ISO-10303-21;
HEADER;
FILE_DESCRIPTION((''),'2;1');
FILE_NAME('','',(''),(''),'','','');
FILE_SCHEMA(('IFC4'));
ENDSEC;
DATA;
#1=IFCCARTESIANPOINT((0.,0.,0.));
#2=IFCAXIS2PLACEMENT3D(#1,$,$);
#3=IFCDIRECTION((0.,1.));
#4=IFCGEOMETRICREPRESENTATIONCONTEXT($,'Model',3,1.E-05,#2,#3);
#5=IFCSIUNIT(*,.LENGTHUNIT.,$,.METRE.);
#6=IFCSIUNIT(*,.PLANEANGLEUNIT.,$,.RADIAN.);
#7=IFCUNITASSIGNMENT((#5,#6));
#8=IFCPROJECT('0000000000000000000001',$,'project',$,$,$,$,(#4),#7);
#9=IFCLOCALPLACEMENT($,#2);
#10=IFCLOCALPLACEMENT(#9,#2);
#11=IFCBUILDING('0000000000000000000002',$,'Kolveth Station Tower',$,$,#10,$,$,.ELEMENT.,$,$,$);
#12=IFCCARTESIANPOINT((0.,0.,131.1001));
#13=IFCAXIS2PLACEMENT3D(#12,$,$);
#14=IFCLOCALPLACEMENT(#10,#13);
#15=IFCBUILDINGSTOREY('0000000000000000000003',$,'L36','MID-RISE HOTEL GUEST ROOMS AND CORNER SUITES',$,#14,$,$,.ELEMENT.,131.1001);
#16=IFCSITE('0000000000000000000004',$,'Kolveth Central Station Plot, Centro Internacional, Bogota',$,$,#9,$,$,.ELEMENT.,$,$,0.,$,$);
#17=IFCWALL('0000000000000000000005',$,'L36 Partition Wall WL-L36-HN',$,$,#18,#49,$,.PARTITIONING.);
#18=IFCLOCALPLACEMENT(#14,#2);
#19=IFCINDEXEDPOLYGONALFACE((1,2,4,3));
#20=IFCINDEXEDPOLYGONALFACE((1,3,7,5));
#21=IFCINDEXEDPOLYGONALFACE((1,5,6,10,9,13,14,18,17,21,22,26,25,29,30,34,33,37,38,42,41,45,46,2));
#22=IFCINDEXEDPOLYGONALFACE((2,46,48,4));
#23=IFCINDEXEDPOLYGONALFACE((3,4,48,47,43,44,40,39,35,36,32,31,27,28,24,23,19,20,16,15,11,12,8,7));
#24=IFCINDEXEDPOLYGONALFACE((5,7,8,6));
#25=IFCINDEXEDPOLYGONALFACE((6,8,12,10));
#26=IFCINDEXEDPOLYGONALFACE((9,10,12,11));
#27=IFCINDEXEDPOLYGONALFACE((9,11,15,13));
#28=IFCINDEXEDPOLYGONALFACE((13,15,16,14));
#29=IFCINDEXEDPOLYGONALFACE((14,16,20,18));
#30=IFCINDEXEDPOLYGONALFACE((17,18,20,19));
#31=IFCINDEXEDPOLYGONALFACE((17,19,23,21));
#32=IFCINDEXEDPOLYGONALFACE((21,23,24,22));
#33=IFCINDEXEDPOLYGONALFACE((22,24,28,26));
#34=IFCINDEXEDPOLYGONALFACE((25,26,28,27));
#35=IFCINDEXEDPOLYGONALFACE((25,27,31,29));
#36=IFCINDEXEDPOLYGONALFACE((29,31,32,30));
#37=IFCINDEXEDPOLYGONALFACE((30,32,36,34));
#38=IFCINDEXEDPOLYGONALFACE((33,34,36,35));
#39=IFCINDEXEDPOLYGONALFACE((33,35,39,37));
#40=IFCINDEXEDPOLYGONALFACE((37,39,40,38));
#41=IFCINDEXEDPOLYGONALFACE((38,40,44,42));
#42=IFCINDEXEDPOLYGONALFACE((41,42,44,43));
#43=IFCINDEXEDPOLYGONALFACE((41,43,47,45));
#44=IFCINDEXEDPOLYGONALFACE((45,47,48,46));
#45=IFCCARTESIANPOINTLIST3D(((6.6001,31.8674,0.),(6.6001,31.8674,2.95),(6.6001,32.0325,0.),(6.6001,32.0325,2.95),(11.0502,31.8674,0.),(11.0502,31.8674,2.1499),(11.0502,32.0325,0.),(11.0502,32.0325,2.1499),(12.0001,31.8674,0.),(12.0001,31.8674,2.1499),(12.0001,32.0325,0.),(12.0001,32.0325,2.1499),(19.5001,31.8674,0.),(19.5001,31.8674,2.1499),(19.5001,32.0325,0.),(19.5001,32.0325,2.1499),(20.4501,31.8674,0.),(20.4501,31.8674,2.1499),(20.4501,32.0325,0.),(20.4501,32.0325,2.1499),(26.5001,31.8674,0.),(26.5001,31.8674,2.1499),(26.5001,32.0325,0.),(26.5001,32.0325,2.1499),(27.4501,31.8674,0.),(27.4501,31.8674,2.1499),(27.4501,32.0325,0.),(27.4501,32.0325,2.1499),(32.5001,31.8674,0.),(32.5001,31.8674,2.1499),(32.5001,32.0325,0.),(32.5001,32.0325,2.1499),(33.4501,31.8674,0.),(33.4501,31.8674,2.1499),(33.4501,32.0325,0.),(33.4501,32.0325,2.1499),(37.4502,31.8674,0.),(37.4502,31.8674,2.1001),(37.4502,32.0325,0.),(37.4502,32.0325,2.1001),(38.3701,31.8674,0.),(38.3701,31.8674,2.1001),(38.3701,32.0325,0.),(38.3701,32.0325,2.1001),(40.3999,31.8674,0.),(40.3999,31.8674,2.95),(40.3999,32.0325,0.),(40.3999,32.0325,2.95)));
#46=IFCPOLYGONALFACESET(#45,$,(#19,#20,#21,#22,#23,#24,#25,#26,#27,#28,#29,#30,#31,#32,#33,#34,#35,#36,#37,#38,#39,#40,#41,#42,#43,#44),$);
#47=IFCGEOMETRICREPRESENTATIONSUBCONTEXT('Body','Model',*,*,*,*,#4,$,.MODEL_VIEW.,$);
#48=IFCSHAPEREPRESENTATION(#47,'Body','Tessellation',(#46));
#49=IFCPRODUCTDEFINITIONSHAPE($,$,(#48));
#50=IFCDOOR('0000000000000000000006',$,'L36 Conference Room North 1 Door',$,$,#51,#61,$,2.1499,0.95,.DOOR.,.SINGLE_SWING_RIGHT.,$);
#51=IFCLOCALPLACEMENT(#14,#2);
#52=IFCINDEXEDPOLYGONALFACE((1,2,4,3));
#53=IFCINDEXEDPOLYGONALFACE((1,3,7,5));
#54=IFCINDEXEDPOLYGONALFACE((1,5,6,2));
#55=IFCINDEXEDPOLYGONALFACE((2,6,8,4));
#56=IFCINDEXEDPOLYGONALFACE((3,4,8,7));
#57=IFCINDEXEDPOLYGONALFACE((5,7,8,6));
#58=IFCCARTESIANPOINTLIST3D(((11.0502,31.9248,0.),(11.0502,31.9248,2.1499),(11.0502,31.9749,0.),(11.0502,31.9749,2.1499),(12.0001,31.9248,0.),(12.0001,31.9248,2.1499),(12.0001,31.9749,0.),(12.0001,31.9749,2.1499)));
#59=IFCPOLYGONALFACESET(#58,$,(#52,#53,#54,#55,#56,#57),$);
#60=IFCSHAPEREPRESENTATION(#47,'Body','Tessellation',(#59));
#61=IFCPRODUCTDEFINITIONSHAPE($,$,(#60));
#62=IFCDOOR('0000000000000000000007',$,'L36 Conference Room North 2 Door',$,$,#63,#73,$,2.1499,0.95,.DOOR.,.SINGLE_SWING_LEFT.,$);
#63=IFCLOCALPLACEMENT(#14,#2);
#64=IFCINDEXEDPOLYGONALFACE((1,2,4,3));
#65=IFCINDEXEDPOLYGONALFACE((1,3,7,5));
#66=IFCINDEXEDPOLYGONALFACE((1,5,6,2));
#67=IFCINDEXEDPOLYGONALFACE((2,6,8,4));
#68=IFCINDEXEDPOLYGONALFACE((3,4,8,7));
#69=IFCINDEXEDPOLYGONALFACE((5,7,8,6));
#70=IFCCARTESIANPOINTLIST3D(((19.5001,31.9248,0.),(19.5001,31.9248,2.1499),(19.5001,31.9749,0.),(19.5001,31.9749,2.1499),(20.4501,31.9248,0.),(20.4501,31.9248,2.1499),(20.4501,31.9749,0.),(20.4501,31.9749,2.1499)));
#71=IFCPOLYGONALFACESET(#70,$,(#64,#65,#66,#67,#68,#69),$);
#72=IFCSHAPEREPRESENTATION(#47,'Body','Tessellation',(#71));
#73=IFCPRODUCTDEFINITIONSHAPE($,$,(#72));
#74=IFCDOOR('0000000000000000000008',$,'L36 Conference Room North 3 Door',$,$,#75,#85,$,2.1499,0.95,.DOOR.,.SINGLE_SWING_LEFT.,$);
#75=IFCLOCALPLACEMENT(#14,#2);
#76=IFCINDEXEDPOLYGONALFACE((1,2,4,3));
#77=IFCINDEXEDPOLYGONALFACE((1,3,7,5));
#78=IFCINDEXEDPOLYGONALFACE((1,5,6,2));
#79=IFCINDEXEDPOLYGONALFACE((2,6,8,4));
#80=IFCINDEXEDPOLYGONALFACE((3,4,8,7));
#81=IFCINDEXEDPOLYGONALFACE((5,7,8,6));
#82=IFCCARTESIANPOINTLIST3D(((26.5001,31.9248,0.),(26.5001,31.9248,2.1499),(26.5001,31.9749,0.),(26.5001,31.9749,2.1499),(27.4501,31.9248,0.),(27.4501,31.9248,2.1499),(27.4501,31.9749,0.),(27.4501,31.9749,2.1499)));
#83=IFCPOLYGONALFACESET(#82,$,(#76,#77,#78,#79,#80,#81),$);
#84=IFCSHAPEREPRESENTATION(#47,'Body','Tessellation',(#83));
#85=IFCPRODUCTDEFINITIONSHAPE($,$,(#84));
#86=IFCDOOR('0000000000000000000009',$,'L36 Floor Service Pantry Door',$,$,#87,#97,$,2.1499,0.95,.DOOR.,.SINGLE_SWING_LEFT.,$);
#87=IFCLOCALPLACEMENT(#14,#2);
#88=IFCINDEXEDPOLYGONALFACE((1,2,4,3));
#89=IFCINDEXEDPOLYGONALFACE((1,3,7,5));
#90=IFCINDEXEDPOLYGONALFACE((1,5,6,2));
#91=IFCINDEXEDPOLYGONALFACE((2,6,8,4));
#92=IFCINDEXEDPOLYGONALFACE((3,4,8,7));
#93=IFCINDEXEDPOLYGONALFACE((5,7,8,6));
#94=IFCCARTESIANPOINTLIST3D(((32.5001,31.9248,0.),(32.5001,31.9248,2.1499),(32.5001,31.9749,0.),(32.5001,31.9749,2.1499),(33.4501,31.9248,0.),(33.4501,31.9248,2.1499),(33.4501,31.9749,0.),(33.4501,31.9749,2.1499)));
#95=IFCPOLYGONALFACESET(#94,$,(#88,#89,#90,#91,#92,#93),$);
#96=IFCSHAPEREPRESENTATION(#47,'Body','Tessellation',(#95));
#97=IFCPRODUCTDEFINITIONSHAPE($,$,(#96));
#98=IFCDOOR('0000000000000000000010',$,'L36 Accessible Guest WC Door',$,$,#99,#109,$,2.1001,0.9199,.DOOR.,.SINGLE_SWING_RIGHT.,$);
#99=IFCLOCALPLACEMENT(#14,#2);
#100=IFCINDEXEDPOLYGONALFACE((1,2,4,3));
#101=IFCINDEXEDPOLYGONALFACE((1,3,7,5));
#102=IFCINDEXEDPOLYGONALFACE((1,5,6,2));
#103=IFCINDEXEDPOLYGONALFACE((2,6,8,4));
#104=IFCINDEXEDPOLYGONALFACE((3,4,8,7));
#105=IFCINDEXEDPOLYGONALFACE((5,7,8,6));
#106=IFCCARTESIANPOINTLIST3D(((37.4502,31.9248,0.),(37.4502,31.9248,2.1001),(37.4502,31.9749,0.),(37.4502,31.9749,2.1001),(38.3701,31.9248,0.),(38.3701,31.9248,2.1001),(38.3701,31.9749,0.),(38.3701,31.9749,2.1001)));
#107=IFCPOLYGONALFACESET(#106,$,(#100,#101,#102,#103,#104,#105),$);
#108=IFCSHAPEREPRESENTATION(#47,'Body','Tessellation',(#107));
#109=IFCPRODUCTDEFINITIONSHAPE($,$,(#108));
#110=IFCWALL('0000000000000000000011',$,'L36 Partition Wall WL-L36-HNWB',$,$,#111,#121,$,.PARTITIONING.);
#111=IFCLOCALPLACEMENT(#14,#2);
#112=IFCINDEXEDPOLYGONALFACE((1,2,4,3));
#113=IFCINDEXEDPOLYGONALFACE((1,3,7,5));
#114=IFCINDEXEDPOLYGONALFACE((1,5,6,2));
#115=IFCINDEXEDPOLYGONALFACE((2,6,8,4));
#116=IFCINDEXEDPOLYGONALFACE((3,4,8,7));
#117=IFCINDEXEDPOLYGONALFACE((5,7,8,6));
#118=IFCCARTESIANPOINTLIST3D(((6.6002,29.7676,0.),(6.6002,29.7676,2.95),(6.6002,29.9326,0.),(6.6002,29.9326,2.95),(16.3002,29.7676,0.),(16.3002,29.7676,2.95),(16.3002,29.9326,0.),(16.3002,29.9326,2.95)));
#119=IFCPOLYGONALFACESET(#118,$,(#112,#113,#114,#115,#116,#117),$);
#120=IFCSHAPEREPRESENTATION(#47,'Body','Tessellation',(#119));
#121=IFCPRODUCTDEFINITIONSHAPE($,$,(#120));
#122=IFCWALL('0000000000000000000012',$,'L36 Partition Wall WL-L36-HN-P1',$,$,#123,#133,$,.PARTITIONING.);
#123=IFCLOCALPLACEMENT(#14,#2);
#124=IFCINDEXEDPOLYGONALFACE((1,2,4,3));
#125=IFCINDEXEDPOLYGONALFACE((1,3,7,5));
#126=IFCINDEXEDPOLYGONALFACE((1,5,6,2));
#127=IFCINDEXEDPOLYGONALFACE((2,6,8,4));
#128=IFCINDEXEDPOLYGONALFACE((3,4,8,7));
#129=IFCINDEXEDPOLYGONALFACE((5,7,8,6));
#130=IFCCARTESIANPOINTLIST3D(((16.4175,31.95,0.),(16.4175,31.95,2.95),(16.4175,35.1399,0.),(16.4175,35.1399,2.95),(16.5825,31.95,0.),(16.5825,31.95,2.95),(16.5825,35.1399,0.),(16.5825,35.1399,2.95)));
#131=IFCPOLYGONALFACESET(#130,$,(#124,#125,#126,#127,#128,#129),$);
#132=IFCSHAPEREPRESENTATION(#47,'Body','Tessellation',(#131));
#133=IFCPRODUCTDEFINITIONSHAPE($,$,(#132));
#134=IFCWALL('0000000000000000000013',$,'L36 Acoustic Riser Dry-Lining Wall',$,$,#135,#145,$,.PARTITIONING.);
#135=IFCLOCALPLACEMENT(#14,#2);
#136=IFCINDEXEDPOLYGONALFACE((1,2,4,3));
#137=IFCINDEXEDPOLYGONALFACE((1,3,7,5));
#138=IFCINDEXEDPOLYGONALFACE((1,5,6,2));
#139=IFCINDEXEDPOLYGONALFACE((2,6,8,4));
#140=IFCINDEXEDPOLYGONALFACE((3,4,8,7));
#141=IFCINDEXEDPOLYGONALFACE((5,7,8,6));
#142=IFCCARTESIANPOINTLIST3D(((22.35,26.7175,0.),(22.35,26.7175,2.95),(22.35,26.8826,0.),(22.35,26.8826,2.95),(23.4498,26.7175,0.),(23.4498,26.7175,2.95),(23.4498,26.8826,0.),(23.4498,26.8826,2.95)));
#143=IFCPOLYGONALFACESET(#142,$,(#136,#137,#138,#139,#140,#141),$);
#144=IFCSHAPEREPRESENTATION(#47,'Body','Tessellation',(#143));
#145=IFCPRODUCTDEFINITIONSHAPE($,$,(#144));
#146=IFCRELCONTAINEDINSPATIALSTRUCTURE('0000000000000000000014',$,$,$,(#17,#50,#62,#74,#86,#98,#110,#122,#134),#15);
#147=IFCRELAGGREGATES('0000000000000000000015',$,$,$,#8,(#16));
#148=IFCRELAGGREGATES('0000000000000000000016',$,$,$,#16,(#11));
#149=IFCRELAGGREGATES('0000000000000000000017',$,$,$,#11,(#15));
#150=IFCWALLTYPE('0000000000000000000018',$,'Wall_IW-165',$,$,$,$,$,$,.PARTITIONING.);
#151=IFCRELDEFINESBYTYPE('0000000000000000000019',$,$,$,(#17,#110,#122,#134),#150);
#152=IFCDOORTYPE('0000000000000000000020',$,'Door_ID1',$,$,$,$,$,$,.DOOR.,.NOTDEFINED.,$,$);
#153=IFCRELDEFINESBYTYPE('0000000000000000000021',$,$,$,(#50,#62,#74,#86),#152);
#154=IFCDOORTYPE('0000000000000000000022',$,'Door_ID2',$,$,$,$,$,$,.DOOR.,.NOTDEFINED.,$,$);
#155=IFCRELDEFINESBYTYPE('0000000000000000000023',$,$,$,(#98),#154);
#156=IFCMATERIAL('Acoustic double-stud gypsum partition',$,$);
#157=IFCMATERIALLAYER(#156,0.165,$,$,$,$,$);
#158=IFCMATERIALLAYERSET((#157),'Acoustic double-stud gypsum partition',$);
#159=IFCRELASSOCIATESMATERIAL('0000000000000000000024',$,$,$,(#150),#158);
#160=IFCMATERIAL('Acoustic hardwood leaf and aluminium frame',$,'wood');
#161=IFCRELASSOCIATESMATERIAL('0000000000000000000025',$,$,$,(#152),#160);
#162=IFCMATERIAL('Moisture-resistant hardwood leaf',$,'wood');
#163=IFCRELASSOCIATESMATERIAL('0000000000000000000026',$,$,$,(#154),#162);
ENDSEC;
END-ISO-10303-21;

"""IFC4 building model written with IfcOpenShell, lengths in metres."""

from ifc_helpers import new_model, si_unit, direction, frame, frame_2d, origin, place, context, subcontext, project, spatial, rectangle, extrude, material, layer, layer_set, type_object, element, fill, save


model = new_model("IFC4")

# Units and contexts
model_context = context("Model", 3, precision=1e-05, world=origin(), true_north=direction((0.0, 1.0)))
body_context = subcontext(model_context, "Body", "Model", "MODEL_VIEW")
ifc_project = project(units=[si_unit("LENGTHUNIT", "METRE"), si_unit("PLANEANGLEUNIT", "RADIAN")], contexts=[model_context])

# Site, building, storey
site_placement = place(None, origin())
site = spatial("IfcSite", under=ifc_project, at=site_placement, Name="Kolveth Central Station Plot, Centro Internacional, Bogota", CompositionType="ELEMENT", RefElevation=0.0)
building_placement = place(site_placement, origin())
building = spatial("IfcBuilding", under=site, at=building_placement, Name="Kolveth Station Tower", CompositionType="ELEMENT")
storey_placement = place(building_placement, frame((0.0, 0.0, 131.1001)))
storey = spatial("IfcBuildingStorey", under=building, at=storey_placement, Name="L36", Description="MID-RISE HOTEL GUEST ROOMS AND CORNER SUITES", CompositionType="ELEMENT", Elevation=131.1001)

# Shared definitions
ifc_material_1 = material(Name="Acoustic double-stud gypsum partition")
ifc_layer_1 = layer(ifc_material_1, 0.165)
ifc_layer_set_1 = layer_set([ifc_layer_1], Name="Acoustic double-stud gypsum partition")
wall_type_1 = type_object("IfcWallType", Name="Wall_IW-165", PredefinedType="PARTITIONING", material=ifc_layer_set_1)

# Wall, openings, doors
wall_1_placement = place(storey_placement, frame((6.6001, 31.95, 0.0), z_axis=(0.0, 0.0, 1.0), x_axis=(1.0, 0.0, 0.0)))
wall_1 = element("IfcWall", 1, at=wall_1_placement, inside=storey, type_object=wall_type_1, Name="L36 Partition Wall WL-L36-HN", PredefinedType="PARTITIONING", context=body_context, shape_type="SweptSolid", body=[
    extrude(rectangle(XDim=33.7998, YDim=0.165, at=frame_2d((16.8999, 0.0))), origin(), (0.0, 0.0, 1.0), 2.95),
])
opening_1_placement = place(wall_1_placement, frame((4.45, 0.0, 0.0)))
opening_1 = element("IfcOpeningElement", 2, at=opening_1_placement, cuts=wall_1, PredefinedType="OPENING", context=body_context, shape_type="SweptSolid", body=[
    extrude(rectangle(XDim=0.95, YDim=2.1499, at=frame_2d((0.4751, 1.075))), frame((0.0, 0.0925, 0.0), z_axis=(0.0, -1.0, 0.0), x_axis=(1.0, 0.0, 0.0)), (0.0, 0.0, 1.0), 0.1851),
])
opening_2_placement = place(wall_1_placement, frame((12.8999, 0.0, 0.0)))
opening_2 = element("IfcOpeningElement", 3, at=opening_2_placement, cuts=wall_1, PredefinedType="OPENING", context=body_context, shape_type="SweptSolid", body=[
    extrude(rectangle(XDim=0.95, YDim=2.1499, at=frame_2d((0.4751, 1.075))), frame((0.0, 0.0925, 0.0), z_axis=(0.0, -1.0, 0.0), x_axis=(1.0, 0.0, 0.0)), (0.0, 0.0, 1.0), 0.1851),
])
opening_3_placement = place(wall_1_placement, frame((19.8999, 0.0, 0.0)))
opening_3 = element("IfcOpeningElement", 4, at=opening_3_placement, cuts=wall_1, PredefinedType="OPENING", context=body_context, shape_type="SweptSolid", body=[
    extrude(rectangle(XDim=0.95, YDim=2.1499, at=frame_2d((0.4751, 1.075))), frame((0.0, 0.0925, 0.0), z_axis=(0.0, -1.0, 0.0), x_axis=(1.0, 0.0, 0.0)), (0.0, 0.0, 1.0), 0.1851),
])
opening_4_placement = place(wall_1_placement, frame((25.8999, 0.0, 0.0)))
opening_4 = element("IfcOpeningElement", 5, at=opening_4_placement, cuts=wall_1, PredefinedType="OPENING", context=body_context, shape_type="SweptSolid", body=[
    extrude(rectangle(XDim=0.95, YDim=2.1499, at=frame_2d((0.4751, 1.075))), frame((0.0, 0.0925, 0.0), z_axis=(0.0, -1.0, 0.0), x_axis=(1.0, 0.0, 0.0)), (0.0, 0.0, 1.0), 0.1851),
])
opening_5_placement = place(wall_1_placement, frame((30.8501, 0.0, 0.0)))
opening_5 = element("IfcOpeningElement", 6, at=opening_5_placement, cuts=wall_1, PredefinedType="OPENING", context=body_context, shape_type="SweptSolid", body=[
    extrude(rectangle(XDim=0.9199, YDim=2.1001, at=frame_2d((0.46, 1.05))), frame((0.0, 0.0925, 0.0), z_axis=(0.0, -1.0, 0.0), x_axis=(1.0, 0.0, 0.0)), (0.0, 0.0, 1.0), 0.1851),
])
ifc_material_2 = material(Name="Acoustic hardwood leaf and aluminium frame", Category="wood")
door_type_1 = type_object("IfcDoorType", Name="Door_ID1", OperationType="NOTDEFINED", PredefinedType="DOOR", material=ifc_material_2)
door_1_placement = place(opening_1_placement, origin())
door_1 = element("IfcDoor", 7, at=door_1_placement, inside=storey, type_object=door_type_1, Name="L36 Conference Room North 1 Door", OperationType="SINGLE_SWING_RIGHT", OverallHeight=2.1499, OverallWidth=0.95, PredefinedType="DOOR", context=body_context, shape_type="SweptSolid", body=[
    extrude(rectangle(XDim=0.95, YDim=2.1499, at=frame_2d((0.4751, 1.075))), frame((0.0, 0.0249, 0.0), z_axis=(0.0, -1.0, 0.0), x_axis=(1.0, 0.0, 0.0)), (0.0, 0.0, 1.0), 0.05),
])
fill(opening_1, door_1)
door_2_placement = place(opening_2_placement, origin())
door_2 = element("IfcDoor", 8, at=door_2_placement, inside=storey, type_object=door_type_1, Name="L36 Conference Room North 2 Door", OperationType="SINGLE_SWING_LEFT", OverallHeight=2.1499, OverallWidth=0.95, PredefinedType="DOOR", context=body_context, shape_type="SweptSolid", body=[
    extrude(rectangle(XDim=0.95, YDim=2.1499, at=frame_2d((0.4751, 1.075))), frame((0.0, 0.0249, 0.0), z_axis=(0.0, -1.0, 0.0), x_axis=(1.0, 0.0, 0.0)), (0.0, 0.0, 1.0), 0.05),
])
fill(opening_2, door_2)
door_3_placement = place(opening_3_placement, origin())
door_3 = element("IfcDoor", 9, at=door_3_placement, inside=storey, type_object=door_type_1, Name="L36 Conference Room North 3 Door", OperationType="SINGLE_SWING_LEFT", OverallHeight=2.1499, OverallWidth=0.95, PredefinedType="DOOR", context=body_context, shape_type="SweptSolid", body=[
    extrude(rectangle(XDim=0.95, YDim=2.1499, at=frame_2d((0.4751, 1.075))), frame((0.0, 0.0249, 0.0), z_axis=(0.0, -1.0, 0.0), x_axis=(1.0, 0.0, 0.0)), (0.0, 0.0, 1.0), 0.05),
])
fill(opening_3, door_3)
door_4_placement = place(opening_4_placement, origin())
door_4 = element("IfcDoor", 10, at=door_4_placement, inside=storey, type_object=door_type_1, Name="L36 Floor Service Pantry Door", OperationType="SINGLE_SWING_LEFT", OverallHeight=2.1499, OverallWidth=0.95, PredefinedType="DOOR", context=body_context, shape_type="SweptSolid", body=[
    extrude(rectangle(XDim=0.95, YDim=2.1499, at=frame_2d((0.4751, 1.075))), frame((0.0, 0.0249, 0.0), z_axis=(0.0, -1.0, 0.0), x_axis=(1.0, 0.0, 0.0)), (0.0, 0.0, 1.0), 0.05),
])
fill(opening_4, door_4)
ifc_material_3 = material(Name="Moisture-resistant hardwood leaf", Category="wood")
door_type_2 = type_object("IfcDoorType", Name="Door_ID2", OperationType="NOTDEFINED", PredefinedType="DOOR", material=ifc_material_3)
door_5_placement = place(opening_5_placement, origin())
door_5 = element("IfcDoor", 11, at=door_5_placement, inside=storey, type_object=door_type_2, Name="L36 Accessible Guest WC Door", OperationType="SINGLE_SWING_RIGHT", OverallHeight=2.1001, OverallWidth=0.9199, PredefinedType="DOOR", context=body_context, shape_type="SweptSolid", body=[
    extrude(rectangle(XDim=0.9199, YDim=2.1001, at=frame_2d((0.46, 1.05))), frame((0.0, 0.0249, 0.0), z_axis=(0.0, -1.0, 0.0), x_axis=(1.0, 0.0, 0.0)), (0.0, 0.0, 1.0), 0.05),
])
fill(opening_5, door_5)

# Wall
wall_2_placement = place(storey_placement, frame((6.6001, 29.8501, 0.0), z_axis=(0.0, 0.0, 1.0), x_axis=(1.0, 0.0, 0.0)))
element("IfcWall", 12, at=wall_2_placement, inside=storey, type_object=wall_type_1, Name="L36 Partition Wall WL-L36-HNWB", PredefinedType="PARTITIONING", context=body_context, shape_type="SweptSolid", body=[
    extrude(rectangle(XDim=9.7, YDim=0.165, at=frame_2d((4.8501, 0.0))), origin(), (0.0, 0.0, 1.0), 2.95),
])

# Walls
wall_3_placement = place(storey_placement, frame((16.5, 31.95, 0.0), z_axis=(0.0, 0.0, 1.0), x_axis=(0.0, 1.0, 0.0)))
element("IfcWall", 13, at=wall_3_placement, inside=storey, type_object=wall_type_1, Name="L36 Partition Wall WL-L36-HN-P1", PredefinedType="PARTITIONING", context=body_context, shape_type="SweptSolid", body=[
    extrude(rectangle(XDim=3.1899, YDim=0.165, at=frame_2d((1.595, 0.0))), origin(), (0.0, 0.0, 1.0), 2.95),
])
wall_4_placement = place(storey_placement, frame((22.3501, 26.8, 0.0), z_axis=(0.0, 0.0, 1.0), x_axis=(1.0, 0.0, 0.0)))
element("IfcWall", 14, at=wall_4_placement, inside=storey, type_object=wall_type_1, Name="L36 Acoustic Riser Dry-Lining Wall", PredefinedType="PARTITIONING", context=body_context, shape_type="SweptSolid", body=[
    extrude(rectangle(XDim=1.0999, YDim=0.165, at=frame_2d((0.5498, 0.0))), origin(), (0.0, 0.0, 1.0), 2.95),
])

save(model, "model.ifc")
